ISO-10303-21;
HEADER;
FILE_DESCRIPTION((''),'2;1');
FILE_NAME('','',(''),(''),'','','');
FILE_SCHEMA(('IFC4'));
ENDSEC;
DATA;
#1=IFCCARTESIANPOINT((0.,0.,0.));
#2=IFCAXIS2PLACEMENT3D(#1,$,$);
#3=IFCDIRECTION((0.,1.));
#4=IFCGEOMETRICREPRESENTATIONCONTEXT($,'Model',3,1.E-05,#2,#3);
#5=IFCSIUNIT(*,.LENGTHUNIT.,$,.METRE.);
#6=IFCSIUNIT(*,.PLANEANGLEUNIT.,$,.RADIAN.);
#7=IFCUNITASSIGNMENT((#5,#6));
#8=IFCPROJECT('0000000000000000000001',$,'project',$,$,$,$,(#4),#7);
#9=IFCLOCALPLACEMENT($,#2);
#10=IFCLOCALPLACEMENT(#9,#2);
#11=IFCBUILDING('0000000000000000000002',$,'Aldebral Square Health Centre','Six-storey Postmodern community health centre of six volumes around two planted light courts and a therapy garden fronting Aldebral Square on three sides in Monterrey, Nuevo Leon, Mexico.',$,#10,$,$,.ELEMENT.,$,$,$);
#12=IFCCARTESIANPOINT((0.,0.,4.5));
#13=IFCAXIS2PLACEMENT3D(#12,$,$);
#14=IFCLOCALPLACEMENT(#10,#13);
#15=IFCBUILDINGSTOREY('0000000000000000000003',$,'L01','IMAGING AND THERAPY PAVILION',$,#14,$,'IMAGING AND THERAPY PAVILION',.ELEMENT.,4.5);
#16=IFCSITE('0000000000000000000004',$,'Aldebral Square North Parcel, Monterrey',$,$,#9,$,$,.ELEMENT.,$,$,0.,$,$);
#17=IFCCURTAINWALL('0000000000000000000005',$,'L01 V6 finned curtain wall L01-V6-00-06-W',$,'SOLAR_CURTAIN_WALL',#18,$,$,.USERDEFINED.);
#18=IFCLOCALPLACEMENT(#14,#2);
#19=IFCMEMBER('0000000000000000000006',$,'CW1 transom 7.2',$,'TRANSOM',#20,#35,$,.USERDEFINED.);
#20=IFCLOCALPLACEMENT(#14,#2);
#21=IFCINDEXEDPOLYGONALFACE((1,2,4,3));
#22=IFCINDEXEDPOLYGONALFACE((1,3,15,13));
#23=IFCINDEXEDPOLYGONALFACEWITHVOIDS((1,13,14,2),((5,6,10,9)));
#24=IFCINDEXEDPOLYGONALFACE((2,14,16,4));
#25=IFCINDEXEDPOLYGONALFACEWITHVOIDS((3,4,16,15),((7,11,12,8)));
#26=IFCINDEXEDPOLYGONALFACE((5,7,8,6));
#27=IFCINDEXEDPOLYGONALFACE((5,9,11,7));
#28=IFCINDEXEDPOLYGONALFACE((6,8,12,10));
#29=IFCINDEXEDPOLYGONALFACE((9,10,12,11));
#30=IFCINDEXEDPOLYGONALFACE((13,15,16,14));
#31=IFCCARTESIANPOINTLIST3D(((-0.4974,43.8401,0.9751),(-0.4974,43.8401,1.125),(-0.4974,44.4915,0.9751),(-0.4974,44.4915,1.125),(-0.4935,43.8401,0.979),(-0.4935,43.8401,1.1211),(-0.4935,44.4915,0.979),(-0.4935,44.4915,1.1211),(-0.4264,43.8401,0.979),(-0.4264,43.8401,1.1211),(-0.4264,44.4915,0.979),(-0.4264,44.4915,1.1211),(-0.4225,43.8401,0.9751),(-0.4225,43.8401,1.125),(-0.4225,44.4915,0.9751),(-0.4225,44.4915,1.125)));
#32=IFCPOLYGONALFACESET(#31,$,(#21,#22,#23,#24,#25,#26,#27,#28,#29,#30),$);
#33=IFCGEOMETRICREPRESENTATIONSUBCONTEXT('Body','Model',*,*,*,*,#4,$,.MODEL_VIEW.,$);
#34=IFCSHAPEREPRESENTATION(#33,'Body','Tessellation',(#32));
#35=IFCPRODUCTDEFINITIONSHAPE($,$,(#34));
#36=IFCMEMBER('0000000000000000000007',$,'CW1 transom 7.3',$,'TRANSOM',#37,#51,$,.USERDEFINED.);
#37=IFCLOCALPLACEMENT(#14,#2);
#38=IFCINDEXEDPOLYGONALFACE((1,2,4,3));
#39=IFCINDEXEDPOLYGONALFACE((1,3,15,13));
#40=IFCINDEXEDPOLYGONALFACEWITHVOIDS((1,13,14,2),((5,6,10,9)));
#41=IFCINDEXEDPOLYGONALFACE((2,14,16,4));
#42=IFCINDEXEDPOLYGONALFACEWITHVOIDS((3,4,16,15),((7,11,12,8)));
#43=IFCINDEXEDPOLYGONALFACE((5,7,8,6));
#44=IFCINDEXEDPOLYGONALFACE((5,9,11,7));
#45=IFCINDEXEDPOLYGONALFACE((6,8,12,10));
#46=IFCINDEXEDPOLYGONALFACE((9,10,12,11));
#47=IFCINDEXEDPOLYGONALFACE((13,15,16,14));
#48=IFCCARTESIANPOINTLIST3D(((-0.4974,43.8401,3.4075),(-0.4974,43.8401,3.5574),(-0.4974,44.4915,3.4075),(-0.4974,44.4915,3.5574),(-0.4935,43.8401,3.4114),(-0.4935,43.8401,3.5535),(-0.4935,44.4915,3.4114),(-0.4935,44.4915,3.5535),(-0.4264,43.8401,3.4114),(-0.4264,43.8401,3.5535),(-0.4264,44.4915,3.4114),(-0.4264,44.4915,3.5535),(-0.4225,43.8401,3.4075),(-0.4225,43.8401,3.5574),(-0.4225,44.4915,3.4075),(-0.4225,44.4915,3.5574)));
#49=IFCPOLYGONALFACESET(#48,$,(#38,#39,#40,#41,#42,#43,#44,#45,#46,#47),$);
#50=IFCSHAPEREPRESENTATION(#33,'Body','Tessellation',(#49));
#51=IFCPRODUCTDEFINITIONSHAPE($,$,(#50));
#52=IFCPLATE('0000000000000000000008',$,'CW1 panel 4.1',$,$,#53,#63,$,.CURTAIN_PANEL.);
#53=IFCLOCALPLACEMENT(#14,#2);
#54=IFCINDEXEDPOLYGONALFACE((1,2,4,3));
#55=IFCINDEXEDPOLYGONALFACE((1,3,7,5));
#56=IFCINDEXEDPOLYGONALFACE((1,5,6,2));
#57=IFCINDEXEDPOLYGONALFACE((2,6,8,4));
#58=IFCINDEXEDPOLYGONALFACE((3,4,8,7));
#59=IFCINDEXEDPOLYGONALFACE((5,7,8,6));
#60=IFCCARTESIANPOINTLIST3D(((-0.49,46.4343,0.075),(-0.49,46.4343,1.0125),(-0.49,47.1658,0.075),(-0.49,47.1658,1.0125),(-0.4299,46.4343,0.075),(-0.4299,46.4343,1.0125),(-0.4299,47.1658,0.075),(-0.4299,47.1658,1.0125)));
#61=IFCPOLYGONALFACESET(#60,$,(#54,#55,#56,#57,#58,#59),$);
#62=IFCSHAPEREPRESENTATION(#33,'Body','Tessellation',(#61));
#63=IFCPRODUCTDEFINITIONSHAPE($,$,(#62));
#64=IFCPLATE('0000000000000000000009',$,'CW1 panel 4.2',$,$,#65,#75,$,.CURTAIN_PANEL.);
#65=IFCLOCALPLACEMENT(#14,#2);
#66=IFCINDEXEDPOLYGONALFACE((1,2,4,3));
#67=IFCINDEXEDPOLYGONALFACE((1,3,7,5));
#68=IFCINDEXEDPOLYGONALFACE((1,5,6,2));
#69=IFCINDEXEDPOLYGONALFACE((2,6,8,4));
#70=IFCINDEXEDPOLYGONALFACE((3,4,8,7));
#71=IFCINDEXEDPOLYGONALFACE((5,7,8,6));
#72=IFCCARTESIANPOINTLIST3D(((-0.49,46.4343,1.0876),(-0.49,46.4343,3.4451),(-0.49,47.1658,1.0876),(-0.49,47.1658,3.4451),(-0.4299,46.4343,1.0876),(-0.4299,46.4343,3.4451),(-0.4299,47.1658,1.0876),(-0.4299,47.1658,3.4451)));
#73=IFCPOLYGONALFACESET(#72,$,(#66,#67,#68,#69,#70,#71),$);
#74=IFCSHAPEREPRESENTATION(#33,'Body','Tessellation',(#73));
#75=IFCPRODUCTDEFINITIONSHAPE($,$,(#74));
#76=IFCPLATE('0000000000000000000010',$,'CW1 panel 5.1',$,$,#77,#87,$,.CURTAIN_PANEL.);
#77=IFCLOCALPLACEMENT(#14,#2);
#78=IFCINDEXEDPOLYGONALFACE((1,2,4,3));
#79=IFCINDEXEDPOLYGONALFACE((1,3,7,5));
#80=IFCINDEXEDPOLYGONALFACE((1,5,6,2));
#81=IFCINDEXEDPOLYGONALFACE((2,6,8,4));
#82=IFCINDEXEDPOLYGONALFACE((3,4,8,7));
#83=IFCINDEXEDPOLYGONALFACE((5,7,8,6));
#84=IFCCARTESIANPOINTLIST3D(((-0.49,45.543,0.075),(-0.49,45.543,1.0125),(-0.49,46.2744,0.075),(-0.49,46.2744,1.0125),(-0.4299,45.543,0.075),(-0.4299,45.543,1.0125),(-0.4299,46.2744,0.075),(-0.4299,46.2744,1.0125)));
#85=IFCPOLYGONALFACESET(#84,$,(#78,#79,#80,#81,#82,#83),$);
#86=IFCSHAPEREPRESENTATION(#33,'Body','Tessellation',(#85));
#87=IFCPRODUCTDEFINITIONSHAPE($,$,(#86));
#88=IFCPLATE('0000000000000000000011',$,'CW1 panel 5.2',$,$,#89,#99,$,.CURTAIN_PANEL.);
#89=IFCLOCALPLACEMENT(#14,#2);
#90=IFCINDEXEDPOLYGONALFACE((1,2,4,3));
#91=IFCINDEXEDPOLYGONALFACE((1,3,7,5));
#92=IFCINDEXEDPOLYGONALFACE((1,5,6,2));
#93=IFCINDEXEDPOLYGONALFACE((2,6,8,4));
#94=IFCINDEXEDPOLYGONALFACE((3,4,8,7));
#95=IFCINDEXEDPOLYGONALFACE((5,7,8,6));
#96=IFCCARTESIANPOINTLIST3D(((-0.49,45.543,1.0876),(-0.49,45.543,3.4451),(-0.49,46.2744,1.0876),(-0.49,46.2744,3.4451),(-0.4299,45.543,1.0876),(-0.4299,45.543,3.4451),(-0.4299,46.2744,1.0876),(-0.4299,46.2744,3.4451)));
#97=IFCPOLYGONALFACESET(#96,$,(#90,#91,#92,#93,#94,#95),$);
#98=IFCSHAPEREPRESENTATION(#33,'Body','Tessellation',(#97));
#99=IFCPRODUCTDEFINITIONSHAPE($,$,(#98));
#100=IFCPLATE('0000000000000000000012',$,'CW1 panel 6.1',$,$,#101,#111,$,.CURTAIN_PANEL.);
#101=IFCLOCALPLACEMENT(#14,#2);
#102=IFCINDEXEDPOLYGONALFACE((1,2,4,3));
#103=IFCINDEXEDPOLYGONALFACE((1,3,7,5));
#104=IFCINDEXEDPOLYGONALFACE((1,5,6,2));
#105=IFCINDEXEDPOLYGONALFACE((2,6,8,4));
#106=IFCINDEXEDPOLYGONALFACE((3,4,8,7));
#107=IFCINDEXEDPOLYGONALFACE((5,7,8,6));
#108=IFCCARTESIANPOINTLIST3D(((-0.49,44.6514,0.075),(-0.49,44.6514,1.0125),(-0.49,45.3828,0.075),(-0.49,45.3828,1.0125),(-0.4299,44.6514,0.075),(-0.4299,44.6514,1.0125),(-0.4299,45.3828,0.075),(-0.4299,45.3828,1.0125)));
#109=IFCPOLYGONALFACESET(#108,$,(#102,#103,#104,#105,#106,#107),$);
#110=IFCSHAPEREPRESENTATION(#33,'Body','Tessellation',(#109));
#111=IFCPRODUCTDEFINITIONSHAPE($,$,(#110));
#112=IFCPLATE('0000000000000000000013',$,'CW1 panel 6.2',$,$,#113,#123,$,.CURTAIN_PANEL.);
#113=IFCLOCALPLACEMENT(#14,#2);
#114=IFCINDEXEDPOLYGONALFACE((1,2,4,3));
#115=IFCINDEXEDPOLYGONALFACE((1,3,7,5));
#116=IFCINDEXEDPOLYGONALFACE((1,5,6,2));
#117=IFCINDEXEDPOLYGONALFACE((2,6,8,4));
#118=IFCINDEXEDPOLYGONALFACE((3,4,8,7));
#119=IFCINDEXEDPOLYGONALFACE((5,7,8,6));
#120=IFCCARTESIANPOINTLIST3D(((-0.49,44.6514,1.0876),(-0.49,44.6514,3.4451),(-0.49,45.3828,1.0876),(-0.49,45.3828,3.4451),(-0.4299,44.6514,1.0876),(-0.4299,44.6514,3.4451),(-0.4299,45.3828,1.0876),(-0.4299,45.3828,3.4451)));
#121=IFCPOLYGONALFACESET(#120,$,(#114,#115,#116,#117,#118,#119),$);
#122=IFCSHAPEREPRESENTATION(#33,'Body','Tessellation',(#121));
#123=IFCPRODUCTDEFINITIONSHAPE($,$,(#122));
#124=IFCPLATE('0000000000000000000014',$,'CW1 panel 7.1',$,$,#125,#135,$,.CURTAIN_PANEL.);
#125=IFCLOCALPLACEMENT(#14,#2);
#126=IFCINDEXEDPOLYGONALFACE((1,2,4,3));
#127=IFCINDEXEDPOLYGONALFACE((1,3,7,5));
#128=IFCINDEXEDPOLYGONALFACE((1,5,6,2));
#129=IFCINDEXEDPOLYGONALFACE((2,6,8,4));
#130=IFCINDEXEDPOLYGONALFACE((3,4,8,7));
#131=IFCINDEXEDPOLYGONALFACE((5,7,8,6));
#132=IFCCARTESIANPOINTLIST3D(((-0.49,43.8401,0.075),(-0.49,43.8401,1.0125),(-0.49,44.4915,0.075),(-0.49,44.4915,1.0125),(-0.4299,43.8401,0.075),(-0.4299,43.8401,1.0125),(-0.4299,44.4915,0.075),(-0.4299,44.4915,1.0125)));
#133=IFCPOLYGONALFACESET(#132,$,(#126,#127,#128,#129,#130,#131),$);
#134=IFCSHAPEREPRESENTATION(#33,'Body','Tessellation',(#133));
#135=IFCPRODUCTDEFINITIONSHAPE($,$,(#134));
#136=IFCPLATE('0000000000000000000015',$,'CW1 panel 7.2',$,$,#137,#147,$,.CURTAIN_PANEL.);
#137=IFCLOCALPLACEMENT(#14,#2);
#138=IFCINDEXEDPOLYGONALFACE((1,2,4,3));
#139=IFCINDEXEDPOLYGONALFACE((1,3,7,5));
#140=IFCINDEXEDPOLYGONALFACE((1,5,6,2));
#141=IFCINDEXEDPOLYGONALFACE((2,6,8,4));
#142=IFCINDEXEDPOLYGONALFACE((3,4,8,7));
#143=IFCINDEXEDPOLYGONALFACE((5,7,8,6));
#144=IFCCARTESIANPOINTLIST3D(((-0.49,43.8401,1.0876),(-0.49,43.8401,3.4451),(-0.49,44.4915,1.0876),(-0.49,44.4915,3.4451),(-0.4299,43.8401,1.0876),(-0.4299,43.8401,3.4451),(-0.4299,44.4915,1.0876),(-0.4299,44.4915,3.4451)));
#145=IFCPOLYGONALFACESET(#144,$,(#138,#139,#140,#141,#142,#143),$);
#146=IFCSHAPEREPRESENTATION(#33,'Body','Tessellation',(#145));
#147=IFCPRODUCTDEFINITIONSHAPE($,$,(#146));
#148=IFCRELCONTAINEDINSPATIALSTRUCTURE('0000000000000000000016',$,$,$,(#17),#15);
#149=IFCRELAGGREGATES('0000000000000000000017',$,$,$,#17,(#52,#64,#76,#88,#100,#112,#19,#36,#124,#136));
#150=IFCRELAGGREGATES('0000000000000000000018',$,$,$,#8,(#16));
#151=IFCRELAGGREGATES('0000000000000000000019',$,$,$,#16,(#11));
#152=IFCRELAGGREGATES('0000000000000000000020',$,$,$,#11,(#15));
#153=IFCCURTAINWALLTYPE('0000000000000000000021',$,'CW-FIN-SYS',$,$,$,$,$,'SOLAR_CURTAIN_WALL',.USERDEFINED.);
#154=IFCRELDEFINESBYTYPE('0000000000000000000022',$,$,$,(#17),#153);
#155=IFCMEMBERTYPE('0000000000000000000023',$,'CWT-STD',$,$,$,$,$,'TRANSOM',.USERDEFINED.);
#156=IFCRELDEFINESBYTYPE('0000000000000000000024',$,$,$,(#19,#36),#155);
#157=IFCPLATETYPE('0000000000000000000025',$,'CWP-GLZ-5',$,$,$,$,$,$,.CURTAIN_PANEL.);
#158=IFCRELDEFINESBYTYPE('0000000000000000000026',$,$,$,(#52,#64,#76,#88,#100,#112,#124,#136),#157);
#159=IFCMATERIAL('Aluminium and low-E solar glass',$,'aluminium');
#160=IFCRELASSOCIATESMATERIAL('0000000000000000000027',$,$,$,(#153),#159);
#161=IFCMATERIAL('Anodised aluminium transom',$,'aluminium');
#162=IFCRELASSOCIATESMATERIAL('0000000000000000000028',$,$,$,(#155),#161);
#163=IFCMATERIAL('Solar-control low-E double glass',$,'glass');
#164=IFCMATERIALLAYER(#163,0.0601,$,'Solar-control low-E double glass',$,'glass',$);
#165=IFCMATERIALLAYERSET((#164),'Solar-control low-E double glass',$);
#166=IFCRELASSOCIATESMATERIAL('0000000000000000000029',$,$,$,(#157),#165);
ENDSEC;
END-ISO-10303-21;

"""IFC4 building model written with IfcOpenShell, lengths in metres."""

from ifc_helpers import new_model, si_unit, direction, frame, origin, origin_2d, place, context, subcontext, project, spatial, rectangle, hollow_rectangle, extrude, material, layer, layer_set, material_profile, profile_set, type_object, element, aggregate, save


model = new_model("IFC4")

# Units and contexts
model_context = context("Model", 3, precision=1e-05, world=origin(), true_north=direction((0.0, 1.0)))
body_context = subcontext(model_context, "Body", "Model", "MODEL_VIEW")
ifc_project = project(units=[si_unit("LENGTHUNIT", "METRE"), si_unit("PLANEANGLEUNIT", "RADIAN")], contexts=[model_context])

# Site, building, storey
site_placement = place(None, origin())
site = spatial("IfcSite", under=ifc_project, at=site_placement, Name="Aldebral Square North Parcel, Monterrey", CompositionType="ELEMENT", RefElevation=0.0)
building_placement = place(site_placement, origin())
building = spatial("IfcBuilding", under=site, at=building_placement, Name="Aldebral Square Health Centre", Description="Six-storey Postmodern community health centre of six volumes around two planted light courts and a therapy garden fronting Aldebral Square on three sides in Monterrey, Nuevo Leon, Mexico.", CompositionType="ELEMENT")
storey_placement = place(building_placement, frame((0.0, 0.0, 4.5)))
storey = spatial("IfcBuildingStorey", under=building, at=storey_placement, Name="L01", Description="IMAGING AND THERAPY PAVILION", LongName="IMAGING AND THERAPY PAVILION", CompositionType="ELEMENT", Elevation=4.5)

# Curtain wall, members, plates
ifc_material_1 = material(Name="Aluminium and low-E solar glass", Category="aluminium")
curtain_wall_type = type_object("IfcCurtainWallType", Name="CW-FIN-SYS", ElementType="SOLAR_CURTAIN_WALL", PredefinedType="USERDEFINED", material=ifc_material_1)
curtain_wall_placement = place(storey_placement, origin())
curtain_wall = element("IfcCurtainWall", 1, at=curtain_wall_placement, inside=storey, type_object=curtain_wall_type, Name="L01 V6 finned curtain wall L01-V6-00-06-W", ObjectType="SOLAR_CURTAIN_WALL", PredefinedType="USERDEFINED")
ifc_material_2 = material(Name="Anodised aluminium transom", Category="aluminium")
ifc_material_profile_1 = material_profile(ifc_material_2, hollow_rectangle(XDim=0.075, YDim=0.1499, WallThickness=0.0039, at=origin_2d()), Name="CWT 75x150x4")
ifc_profile_set_1 = profile_set([ifc_material_profile_1], Name="Anodised aluminium transom")
member_type_1 = type_object("IfcMemberType", Name="CWT-STD", ElementType="TRANSOM", PredefinedType="USERDEFINED", material=ifc_profile_set_1)
member_1_placement = place(storey_placement, frame((-0.46, 44.4915, 1.05), z_axis=(0.0, -1.0, 0.0), x_axis=(1.0, 0.0, 0.0)))
member_1 = element("IfcMember", 2, at=member_1_placement, type_object=member_type_1, Name="CW1 transom 7.2", ObjectType="TRANSOM", PredefinedType="USERDEFINED", context=body_context, shape_type="SweptSolid", body=[
    extrude(hollow_rectangle(XDim=0.075, YDim=0.1499, WallThickness=0.0039, at=origin_2d()), origin(), (0.0, 0.0, 1.0), 0.6514),
])
member_2_placement = place(storey_placement, frame((-0.46, 44.4915, 3.4824), z_axis=(0.0, -1.0, 0.0), x_axis=(1.0, 0.0, 0.0)))
member_2 = element("IfcMember", 3, at=member_2_placement, type_object=member_type_1, Name="CW1 transom 7.3", ObjectType="TRANSOM", PredefinedType="USERDEFINED", context=body_context, shape_type="SweptSolid", body=[
    extrude(hollow_rectangle(XDim=0.075, YDim=0.1499, WallThickness=0.0039, at=origin_2d()), origin(), (0.0, 0.0, 1.0), 0.6514),
])
ifc_material_3 = material(Name="Solar-control low-E double glass", Category="glass")
ifc_layer = layer(ifc_material_3, 0.0601, Name="Solar-control low-E double glass", Category="glass")
ifc_layer_set = layer_set([ifc_layer], Name="Solar-control low-E double glass")
plate_type = type_object("IfcPlateType", Name="CWP-GLZ-5", PredefinedType="CURTAIN_PANEL", material=ifc_layer_set)
plate_1_placement = place(storey_placement, frame((-0.46, 46.8, 0.075), z_axis=(0.0, 0.0, 1.0), x_axis=(0.0, -1.0, 0.0)))
plate_1 = element("IfcPlate", 4, at=plate_1_placement, type_object=plate_type, Name="CW1 panel 4.1", PredefinedType="CURTAIN_PANEL", context=body_context, shape_type="SweptSolid", body=[
    extrude(rectangle(XDim=0.7314, YDim=0.0601, at=origin_2d()), origin(), (0.0, 0.0, 1.0), 0.9375),
])
plate_2_placement = place(storey_placement, frame((-0.46, 46.8, 1.0876), z_axis=(0.0, 0.0, 1.0), x_axis=(0.0, -1.0, 0.0)))
plate_2 = element("IfcPlate", 5, at=plate_2_placement, type_object=plate_type, Name="CW1 panel 4.2", PredefinedType="CURTAIN_PANEL", context=body_context, shape_type="SweptSolid", body=[
    extrude(rectangle(XDim=0.7314, YDim=0.0601, at=origin_2d()), origin(), (0.0, 0.0, 1.0), 2.3574),
])
plate_3_placement = place(storey_placement, frame((-0.46, 45.9087, 0.075), z_axis=(0.0, 0.0, 1.0), x_axis=(0.0, -1.0, 0.0)))
plate_3 = element("IfcPlate", 6, at=plate_3_placement, type_object=plate_type, Name="CW1 panel 5.1", PredefinedType="CURTAIN_PANEL", context=body_context, shape_type="SweptSolid", body=[
    extrude(rectangle(XDim=0.7314, YDim=0.0601, at=origin_2d()), origin(), (0.0, 0.0, 1.0), 0.9375),
])
plate_4_placement = place(storey_placement, frame((-0.46, 45.9087, 1.0876), z_axis=(0.0, 0.0, 1.0), x_axis=(0.0, -1.0, 0.0)))
plate_4 = element("IfcPlate", 7, at=plate_4_placement, type_object=plate_type, Name="CW1 panel 5.2", PredefinedType="CURTAIN_PANEL", context=body_context, shape_type="SweptSolid", body=[
    extrude(rectangle(XDim=0.7314, YDim=0.0601, at=origin_2d()), origin(), (0.0, 0.0, 1.0), 2.3574),
])
plate_5_placement = place(storey_placement, frame((-0.46, 45.0171, 0.075), z_axis=(0.0, 0.0, 1.0), x_axis=(0.0, -1.0, 0.0)))
plate_5 = element("IfcPlate", 8, at=plate_5_placement, type_object=plate_type, Name="CW1 panel 6.1", PredefinedType="CURTAIN_PANEL", context=body_context, shape_type="SweptSolid", body=[
    extrude(rectangle(XDim=0.7314, YDim=0.0601, at=origin_2d()), origin(), (0.0, 0.0, 1.0), 0.9375),
])
plate_6_placement = place(storey_placement, frame((-0.46, 45.0171, 1.0876), z_axis=(0.0, 0.0, 1.0), x_axis=(0.0, -1.0, 0.0)))
plate_6 = element("IfcPlate", 9, at=plate_6_placement, type_object=plate_type, Name="CW1 panel 6.2", PredefinedType="CURTAIN_PANEL", context=body_context, shape_type="SweptSolid", body=[
    extrude(rectangle(XDim=0.7314, YDim=0.0601, at=origin_2d()), origin(), (0.0, 0.0, 1.0), 2.3574),
])
plate_7_placement = place(storey_placement, frame((-0.46, 44.1658, 0.075), z_axis=(0.0, 0.0, 1.0), x_axis=(0.0, -1.0, 0.0)))
plate_7 = element("IfcPlate", 10, at=plate_7_placement, type_object=plate_type, Name="CW1 panel 7.1", PredefinedType="CURTAIN_PANEL", context=body_context, shape_type="SweptSolid", body=[
    extrude(rectangle(XDim=0.6514, YDim=0.0601, at=origin_2d()), origin(), (0.0, 0.0, 1.0), 0.9375),
])
plate_8_placement = place(storey_placement, frame((-0.46, 44.1658, 1.0876), z_axis=(0.0, 0.0, 1.0), x_axis=(0.0, -1.0, 0.0)))
plate_8 = element("IfcPlate", 11, at=plate_8_placement, type_object=plate_type, Name="CW1 panel 7.2", PredefinedType="CURTAIN_PANEL", context=body_context, shape_type="SweptSolid", body=[
    extrude(rectangle(XDim=0.6514, YDim=0.0601, at=origin_2d()), origin(), (0.0, 0.0, 1.0), 2.3574),
])
aggregate(curtain_wall, [plate_1, plate_2, plate_3, plate_4, plate_5, plate_6, member_1, member_2, plate_7, plate_8])

save(model, "model.ifc")
